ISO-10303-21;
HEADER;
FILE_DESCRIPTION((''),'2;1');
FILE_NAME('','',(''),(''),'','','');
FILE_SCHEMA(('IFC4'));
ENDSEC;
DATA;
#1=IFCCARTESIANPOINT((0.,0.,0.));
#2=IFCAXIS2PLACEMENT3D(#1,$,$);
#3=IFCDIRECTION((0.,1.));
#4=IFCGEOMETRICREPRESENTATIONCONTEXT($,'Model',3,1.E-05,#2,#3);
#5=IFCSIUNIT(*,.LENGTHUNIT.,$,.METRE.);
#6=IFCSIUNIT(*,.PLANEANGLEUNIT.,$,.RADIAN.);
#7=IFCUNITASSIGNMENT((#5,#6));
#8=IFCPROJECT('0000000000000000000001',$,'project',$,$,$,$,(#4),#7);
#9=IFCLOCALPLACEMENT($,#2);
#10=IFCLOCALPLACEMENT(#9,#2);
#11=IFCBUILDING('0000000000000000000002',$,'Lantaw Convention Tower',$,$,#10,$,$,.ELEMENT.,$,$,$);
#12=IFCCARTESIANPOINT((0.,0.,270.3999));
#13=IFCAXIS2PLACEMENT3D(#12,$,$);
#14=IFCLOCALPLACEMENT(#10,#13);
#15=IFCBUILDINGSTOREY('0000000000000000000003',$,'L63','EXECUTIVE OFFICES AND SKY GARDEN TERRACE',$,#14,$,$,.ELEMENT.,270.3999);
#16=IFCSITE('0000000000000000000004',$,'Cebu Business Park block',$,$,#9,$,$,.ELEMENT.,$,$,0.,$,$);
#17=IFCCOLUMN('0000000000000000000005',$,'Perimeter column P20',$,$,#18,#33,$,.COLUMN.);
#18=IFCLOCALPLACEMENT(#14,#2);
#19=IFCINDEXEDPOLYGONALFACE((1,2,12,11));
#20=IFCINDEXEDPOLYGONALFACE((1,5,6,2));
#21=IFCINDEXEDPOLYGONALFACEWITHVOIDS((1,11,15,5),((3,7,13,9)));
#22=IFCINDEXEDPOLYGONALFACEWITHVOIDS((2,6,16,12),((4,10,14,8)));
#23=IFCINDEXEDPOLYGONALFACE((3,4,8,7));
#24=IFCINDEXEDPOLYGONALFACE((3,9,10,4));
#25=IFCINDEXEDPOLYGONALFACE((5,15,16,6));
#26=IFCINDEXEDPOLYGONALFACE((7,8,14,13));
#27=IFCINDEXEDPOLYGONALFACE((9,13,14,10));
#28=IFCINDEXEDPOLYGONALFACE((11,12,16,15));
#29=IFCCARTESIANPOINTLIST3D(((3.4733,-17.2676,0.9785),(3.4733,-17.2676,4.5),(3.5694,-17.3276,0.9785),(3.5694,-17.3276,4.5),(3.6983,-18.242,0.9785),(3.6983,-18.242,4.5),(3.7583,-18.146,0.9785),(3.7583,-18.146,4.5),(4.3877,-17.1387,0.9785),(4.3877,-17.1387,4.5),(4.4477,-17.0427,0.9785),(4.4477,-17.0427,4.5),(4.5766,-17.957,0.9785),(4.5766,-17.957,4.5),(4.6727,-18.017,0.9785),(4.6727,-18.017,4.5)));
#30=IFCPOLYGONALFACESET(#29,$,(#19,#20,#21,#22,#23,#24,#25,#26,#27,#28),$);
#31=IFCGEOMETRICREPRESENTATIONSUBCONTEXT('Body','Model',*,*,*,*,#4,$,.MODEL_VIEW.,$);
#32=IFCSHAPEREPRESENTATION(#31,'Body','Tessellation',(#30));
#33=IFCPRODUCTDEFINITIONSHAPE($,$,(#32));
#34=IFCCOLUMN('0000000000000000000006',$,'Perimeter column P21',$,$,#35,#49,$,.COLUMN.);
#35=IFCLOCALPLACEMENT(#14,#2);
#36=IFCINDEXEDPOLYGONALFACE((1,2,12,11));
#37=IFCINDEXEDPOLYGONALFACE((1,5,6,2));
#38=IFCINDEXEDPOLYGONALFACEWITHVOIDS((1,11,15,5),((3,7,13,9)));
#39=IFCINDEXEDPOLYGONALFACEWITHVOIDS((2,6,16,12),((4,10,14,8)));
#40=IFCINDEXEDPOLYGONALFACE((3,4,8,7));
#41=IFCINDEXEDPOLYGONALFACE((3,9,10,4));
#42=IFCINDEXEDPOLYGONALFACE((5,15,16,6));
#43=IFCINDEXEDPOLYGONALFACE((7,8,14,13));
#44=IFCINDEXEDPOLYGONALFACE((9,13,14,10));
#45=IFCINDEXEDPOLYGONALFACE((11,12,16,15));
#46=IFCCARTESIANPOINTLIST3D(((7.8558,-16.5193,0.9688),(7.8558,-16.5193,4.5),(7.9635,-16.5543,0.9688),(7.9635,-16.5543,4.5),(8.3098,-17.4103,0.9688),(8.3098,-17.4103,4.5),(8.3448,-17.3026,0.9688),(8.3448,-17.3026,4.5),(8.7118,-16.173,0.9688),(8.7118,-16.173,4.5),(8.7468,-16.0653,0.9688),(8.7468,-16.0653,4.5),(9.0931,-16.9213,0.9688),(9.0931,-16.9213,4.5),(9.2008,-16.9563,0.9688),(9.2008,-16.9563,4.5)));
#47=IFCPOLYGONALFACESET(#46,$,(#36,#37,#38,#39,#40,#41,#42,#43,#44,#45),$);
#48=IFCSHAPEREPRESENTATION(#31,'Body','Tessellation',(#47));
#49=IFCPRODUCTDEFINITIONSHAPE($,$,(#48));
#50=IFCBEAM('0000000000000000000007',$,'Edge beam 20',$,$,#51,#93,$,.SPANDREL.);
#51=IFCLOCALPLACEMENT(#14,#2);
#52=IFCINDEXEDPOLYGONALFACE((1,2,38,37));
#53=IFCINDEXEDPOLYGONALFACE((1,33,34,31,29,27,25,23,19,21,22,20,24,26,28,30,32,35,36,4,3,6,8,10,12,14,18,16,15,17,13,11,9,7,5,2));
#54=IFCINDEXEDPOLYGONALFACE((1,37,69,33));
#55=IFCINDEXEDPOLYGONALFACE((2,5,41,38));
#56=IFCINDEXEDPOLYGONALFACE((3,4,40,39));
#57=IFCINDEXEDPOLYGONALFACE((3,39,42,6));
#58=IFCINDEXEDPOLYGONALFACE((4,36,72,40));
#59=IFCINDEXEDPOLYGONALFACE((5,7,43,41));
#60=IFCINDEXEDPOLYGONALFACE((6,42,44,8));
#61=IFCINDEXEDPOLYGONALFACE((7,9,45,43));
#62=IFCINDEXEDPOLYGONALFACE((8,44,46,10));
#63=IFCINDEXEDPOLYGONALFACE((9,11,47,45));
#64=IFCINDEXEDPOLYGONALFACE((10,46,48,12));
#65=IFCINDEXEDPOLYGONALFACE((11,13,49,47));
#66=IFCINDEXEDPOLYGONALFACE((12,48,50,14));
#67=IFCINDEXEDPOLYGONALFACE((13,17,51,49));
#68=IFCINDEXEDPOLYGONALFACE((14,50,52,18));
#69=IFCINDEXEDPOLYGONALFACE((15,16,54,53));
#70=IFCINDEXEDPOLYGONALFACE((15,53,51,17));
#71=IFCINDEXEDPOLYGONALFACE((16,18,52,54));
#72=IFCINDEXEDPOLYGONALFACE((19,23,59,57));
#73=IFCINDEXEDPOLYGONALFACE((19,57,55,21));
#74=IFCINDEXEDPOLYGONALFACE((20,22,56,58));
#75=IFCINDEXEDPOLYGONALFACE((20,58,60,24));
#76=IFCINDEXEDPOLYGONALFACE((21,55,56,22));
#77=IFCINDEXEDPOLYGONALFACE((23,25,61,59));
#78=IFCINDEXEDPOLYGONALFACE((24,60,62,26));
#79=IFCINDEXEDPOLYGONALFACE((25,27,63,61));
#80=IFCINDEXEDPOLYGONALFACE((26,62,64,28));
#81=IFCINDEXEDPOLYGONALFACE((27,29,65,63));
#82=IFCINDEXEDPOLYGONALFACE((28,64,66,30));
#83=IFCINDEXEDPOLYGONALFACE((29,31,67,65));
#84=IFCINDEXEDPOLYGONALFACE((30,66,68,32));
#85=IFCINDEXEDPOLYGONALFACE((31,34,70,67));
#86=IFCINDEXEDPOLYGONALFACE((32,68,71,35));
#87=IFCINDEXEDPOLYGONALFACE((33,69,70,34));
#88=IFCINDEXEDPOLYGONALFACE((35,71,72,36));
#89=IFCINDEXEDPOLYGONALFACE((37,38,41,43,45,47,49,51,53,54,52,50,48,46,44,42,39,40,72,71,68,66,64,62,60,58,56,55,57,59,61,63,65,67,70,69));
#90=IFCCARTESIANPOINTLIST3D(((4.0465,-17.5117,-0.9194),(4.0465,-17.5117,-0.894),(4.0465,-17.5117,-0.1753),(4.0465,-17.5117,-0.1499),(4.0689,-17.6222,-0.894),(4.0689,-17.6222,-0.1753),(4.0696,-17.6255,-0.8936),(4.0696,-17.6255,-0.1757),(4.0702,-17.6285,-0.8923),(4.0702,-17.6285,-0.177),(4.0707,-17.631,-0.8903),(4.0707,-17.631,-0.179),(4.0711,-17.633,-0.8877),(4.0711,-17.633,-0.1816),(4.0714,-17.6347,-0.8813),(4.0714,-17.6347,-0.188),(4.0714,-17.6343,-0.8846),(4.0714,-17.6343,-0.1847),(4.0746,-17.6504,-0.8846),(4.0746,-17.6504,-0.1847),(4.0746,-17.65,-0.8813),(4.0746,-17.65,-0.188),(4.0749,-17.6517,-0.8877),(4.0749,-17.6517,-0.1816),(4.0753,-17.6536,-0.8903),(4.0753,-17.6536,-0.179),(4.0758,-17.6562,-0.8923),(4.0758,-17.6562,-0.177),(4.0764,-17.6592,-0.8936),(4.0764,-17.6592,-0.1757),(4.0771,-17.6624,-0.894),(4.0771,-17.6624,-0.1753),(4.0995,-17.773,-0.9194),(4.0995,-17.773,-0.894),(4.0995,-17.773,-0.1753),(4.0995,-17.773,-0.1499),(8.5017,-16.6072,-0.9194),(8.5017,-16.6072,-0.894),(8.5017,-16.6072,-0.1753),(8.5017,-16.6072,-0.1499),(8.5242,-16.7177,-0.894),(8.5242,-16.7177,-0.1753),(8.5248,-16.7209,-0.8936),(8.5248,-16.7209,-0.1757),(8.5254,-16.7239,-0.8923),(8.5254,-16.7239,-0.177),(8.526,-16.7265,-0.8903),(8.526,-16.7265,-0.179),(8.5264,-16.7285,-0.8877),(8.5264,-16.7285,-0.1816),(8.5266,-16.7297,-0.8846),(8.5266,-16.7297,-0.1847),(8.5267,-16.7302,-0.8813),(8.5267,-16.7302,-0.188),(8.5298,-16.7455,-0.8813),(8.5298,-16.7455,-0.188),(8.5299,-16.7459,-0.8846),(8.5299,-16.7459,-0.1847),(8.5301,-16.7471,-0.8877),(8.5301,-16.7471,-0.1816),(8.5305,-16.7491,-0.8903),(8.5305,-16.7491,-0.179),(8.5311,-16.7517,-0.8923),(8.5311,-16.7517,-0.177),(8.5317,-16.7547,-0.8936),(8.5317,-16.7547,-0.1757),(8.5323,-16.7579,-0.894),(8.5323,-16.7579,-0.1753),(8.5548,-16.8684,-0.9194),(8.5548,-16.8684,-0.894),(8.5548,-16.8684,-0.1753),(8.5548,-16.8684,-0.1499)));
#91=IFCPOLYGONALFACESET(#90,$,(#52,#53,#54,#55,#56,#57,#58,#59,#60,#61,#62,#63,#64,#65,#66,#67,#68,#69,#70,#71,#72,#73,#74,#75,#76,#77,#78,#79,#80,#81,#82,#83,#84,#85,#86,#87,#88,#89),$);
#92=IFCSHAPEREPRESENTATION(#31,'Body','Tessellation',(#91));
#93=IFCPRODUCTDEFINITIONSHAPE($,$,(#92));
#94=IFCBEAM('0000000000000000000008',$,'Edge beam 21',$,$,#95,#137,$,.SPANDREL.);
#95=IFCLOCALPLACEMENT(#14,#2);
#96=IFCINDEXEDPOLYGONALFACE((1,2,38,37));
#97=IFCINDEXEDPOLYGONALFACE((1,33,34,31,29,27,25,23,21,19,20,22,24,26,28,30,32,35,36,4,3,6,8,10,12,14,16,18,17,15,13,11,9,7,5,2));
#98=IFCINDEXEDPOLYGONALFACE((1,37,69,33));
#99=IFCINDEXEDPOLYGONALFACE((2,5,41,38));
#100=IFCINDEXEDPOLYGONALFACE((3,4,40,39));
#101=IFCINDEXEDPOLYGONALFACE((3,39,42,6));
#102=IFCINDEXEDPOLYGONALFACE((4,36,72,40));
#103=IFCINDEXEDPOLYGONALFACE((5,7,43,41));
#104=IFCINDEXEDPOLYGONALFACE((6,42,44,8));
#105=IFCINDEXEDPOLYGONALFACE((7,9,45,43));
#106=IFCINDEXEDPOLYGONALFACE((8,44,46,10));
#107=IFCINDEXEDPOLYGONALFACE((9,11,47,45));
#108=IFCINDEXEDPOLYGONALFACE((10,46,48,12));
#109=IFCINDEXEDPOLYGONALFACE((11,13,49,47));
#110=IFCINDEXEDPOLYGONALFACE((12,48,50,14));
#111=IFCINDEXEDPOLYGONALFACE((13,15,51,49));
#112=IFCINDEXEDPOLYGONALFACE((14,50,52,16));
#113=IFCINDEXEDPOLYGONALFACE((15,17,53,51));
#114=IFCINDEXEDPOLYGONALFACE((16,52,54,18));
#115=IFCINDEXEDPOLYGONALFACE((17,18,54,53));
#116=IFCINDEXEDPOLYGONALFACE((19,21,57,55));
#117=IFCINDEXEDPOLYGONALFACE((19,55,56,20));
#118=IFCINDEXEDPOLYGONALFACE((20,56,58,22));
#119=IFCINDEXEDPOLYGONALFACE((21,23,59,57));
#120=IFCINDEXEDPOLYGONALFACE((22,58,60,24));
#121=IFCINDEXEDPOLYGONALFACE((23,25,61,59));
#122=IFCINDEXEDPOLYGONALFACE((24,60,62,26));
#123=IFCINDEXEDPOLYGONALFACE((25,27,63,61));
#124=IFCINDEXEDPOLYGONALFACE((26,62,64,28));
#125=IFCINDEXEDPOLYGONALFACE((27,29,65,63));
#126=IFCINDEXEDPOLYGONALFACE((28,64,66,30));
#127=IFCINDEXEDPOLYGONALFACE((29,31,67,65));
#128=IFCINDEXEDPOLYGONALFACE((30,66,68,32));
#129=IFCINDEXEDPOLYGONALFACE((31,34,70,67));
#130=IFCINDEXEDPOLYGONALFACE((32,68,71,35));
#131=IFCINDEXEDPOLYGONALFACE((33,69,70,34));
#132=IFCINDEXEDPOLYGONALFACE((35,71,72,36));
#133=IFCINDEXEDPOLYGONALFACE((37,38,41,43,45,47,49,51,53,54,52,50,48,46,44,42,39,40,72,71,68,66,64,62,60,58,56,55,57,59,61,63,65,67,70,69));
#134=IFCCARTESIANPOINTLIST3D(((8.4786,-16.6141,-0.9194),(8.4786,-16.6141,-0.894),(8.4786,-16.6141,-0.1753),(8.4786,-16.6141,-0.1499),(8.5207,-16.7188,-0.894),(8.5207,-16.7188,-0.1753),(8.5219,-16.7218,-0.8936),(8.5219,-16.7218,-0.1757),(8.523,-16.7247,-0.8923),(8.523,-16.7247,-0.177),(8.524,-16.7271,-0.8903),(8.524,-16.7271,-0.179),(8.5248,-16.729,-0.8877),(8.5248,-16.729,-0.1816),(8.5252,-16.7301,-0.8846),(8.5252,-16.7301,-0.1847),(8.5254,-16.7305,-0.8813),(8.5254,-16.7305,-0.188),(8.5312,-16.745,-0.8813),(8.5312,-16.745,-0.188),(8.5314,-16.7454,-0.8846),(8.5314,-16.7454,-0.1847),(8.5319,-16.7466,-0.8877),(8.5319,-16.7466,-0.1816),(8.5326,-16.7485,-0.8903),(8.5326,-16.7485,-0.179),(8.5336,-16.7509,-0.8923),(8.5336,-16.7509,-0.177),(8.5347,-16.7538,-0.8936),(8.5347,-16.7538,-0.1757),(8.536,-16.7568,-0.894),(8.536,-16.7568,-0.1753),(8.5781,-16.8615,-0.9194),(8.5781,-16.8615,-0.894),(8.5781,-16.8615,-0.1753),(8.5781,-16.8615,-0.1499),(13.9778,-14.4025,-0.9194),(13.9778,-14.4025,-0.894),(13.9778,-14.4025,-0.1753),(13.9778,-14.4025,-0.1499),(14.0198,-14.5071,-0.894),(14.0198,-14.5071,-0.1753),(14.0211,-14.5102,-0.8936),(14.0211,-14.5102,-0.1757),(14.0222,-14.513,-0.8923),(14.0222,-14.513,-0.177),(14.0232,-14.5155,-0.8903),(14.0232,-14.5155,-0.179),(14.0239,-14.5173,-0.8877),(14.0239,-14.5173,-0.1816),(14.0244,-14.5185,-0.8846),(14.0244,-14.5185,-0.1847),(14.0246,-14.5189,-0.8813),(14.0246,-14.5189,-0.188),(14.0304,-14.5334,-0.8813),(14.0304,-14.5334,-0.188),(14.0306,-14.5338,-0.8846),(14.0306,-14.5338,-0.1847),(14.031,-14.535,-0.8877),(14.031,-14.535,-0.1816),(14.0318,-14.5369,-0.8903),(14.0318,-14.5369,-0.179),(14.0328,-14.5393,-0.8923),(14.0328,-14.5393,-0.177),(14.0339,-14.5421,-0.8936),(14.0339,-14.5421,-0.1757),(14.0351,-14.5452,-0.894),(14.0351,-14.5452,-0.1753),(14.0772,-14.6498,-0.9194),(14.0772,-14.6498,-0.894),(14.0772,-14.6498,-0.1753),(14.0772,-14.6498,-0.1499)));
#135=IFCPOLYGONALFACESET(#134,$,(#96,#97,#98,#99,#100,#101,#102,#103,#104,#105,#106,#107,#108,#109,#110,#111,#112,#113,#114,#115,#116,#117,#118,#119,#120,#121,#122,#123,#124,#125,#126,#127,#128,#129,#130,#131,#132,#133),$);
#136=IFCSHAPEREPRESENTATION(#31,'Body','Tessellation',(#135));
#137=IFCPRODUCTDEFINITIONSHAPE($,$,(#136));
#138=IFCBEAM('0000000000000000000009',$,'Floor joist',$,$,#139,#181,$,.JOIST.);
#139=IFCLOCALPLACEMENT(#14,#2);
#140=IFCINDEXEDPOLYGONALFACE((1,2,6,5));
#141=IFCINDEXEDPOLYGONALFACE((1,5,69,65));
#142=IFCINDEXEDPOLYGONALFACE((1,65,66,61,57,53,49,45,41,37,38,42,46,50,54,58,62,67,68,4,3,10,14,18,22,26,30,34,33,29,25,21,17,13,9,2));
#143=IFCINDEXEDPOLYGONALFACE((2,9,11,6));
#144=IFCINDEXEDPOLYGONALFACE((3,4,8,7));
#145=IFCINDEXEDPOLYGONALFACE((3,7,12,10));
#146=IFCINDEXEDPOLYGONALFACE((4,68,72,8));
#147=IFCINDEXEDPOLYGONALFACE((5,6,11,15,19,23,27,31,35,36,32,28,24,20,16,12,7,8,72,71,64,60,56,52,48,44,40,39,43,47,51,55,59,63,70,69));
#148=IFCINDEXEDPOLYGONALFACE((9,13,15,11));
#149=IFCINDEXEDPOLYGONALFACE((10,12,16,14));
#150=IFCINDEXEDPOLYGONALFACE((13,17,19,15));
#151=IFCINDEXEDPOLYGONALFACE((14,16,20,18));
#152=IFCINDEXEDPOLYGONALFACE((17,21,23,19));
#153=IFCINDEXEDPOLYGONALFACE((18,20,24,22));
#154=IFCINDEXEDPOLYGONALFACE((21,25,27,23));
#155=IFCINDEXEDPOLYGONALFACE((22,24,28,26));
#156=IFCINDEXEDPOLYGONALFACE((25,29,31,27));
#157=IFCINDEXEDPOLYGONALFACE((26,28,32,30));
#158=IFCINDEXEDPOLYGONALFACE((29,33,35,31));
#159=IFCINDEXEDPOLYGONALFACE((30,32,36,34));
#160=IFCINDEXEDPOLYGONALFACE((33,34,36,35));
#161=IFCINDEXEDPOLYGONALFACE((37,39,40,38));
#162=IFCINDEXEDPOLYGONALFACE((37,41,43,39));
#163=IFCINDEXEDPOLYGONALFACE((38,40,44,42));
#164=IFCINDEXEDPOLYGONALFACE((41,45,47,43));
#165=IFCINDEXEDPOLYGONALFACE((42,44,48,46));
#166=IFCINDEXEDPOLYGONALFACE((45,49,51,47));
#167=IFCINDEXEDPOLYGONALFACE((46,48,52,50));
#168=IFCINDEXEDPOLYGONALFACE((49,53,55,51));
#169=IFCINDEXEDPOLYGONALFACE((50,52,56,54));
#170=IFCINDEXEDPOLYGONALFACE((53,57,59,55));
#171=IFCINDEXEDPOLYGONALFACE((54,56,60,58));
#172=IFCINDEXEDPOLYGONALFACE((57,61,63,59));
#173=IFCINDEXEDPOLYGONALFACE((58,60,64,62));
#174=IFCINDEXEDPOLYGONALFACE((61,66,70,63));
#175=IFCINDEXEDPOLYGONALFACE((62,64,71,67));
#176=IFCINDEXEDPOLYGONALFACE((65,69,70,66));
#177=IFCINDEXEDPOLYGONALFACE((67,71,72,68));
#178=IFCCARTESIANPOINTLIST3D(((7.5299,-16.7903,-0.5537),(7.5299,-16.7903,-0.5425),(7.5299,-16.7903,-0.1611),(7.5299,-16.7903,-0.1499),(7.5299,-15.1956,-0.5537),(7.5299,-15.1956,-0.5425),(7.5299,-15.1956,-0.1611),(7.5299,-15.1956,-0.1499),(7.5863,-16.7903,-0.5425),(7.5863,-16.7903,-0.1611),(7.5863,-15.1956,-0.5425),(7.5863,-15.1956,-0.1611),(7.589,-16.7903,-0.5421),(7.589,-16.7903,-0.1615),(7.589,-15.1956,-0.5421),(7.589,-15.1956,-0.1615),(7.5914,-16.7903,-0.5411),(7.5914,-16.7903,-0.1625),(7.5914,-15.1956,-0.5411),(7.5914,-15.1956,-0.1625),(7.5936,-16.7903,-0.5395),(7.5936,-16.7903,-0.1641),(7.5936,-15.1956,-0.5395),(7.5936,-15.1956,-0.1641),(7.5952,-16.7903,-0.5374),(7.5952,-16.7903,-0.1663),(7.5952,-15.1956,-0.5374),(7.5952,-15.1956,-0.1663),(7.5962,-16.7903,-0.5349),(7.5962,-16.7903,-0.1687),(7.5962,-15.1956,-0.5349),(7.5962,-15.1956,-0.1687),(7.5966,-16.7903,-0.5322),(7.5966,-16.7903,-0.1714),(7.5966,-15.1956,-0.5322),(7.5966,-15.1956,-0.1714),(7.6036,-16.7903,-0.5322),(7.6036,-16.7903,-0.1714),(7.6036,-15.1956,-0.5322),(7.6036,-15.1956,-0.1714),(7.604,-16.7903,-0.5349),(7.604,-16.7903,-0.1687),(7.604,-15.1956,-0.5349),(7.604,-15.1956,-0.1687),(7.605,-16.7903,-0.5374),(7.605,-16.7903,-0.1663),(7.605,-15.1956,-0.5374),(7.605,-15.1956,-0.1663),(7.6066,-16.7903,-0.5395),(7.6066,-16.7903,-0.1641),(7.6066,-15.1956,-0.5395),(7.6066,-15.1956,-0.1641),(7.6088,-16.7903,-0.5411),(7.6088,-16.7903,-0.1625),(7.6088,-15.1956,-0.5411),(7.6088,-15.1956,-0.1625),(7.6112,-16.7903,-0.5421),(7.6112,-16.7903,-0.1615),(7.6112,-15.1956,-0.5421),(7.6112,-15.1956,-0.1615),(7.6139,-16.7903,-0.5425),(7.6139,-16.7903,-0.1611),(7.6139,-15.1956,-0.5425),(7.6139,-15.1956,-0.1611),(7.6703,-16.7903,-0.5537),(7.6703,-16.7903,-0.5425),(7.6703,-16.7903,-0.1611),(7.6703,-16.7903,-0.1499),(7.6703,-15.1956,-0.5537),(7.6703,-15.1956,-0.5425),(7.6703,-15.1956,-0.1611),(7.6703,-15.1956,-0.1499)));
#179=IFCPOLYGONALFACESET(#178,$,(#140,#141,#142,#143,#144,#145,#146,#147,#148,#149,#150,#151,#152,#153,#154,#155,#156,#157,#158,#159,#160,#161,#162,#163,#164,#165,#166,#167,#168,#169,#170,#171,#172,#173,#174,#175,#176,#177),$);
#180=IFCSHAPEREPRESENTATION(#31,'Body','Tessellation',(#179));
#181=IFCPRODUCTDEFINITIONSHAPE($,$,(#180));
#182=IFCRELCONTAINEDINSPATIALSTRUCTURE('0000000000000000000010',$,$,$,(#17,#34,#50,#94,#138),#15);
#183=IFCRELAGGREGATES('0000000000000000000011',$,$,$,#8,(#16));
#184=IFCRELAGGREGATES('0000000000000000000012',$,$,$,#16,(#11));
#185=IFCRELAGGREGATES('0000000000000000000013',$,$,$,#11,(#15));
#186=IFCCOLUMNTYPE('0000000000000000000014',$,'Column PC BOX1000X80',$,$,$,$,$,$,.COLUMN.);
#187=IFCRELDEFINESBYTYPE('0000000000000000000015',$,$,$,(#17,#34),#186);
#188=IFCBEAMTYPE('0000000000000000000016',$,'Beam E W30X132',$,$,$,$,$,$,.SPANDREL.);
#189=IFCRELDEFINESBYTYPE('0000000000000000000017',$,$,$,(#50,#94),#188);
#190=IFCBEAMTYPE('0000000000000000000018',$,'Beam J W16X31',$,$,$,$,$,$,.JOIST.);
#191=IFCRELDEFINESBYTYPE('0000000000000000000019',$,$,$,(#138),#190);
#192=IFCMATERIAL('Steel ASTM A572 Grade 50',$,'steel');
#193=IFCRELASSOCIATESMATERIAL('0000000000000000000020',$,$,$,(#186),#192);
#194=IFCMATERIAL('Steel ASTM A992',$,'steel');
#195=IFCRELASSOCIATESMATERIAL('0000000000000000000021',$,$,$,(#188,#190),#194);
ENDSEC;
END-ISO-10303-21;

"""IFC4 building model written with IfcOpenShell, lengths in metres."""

from ifc_helpers import new_model, si_unit, direction, frame, origin, origin_2d, place, context, subcontext, project, spatial, rectangle, hollow_rectangle, i_section, extrude, material, material_profile, profile_set, type_object, element, save


model = new_model("IFC4")

# Units and contexts
model_context = context("Model", 3, precision=1e-05, world=origin(), true_north=direction((0.0, 1.0)))
body_context = subcontext(model_context, "Body", "Model", "MODEL_VIEW")
ifc_project = project(units=[si_unit("LENGTHUNIT", "METRE"), si_unit("PLANEANGLEUNIT", "RADIAN")], contexts=[model_context])

# Site, building, storey
site_placement = place(None, origin())
site = spatial("IfcSite", under=ifc_project, at=site_placement, Name="Cebu Business Park block", CompositionType="ELEMENT", RefElevation=0.0)
building_placement = place(site_placement, origin())
building = spatial("IfcBuilding", under=site, at=building_placement, Name="Lantaw Convention Tower", CompositionType="ELEMENT")
storey_placement = place(building_placement, frame((0.0, 0.0, 270.3999)))
storey = spatial("IfcBuildingStorey", under=building, at=storey_placement, Name="L63", Description="EXECUTIVE OFFICES AND SKY GARDEN TERRACE", CompositionType="ELEMENT", Elevation=270.3999)

# Columns
ifc_material_1 = material(Name="Steel ASTM A572 Grade 50", Category="steel")
ifc_material_profile_1 = material_profile(ifc_material_1, hollow_rectangle(XDim=1.0, YDim=1.0, WallThickness=0.0801, at=origin_2d()), Name="BOX1000X80")
ifc_material_2 = material(Name="Concrete C60/75", Category="concrete")
ifc_material_profile_2 = material_profile(ifc_material_2, rectangle(XDim=0.8401, YDim=0.8401, at=origin_2d()), Name="Concrete fill of BOX1000X80")
ifc_profile_set_1 = profile_set([ifc_material_profile_1, ifc_material_profile_2], Name="Steel ASTM A572 Grade 50")
column_type = type_object("IfcColumnType", Name="Column PC BOX1000X80", PredefinedType="COLUMN", material=ifc_profile_set_1)
column_1_placement = place(storey_placement, frame((4.073, -17.6423, 0.9785), z_axis=(0.0, 0.0, 1.0), x_axis=(0.97437, 0.224951, 0.0)))
element("IfcColumn", 1, at=column_1_placement, inside=storey, type_object=column_type, Name="Perimeter column P20", PredefinedType="COLUMN", context=body_context, shape_type="SweptSolid", body=[
    extrude(hollow_rectangle(XDim=1.0, YDim=1.0, WallThickness=0.0801, at=origin_2d()), origin(), (0.0, 0.0, 1.0), 3.5215),
])
column_2_placement = place(storey_placement, frame((8.5283, -16.7378, 0.9688), z_axis=(0.0, 0.0, 1.0), x_axis=(0.891007, 0.45399, 0.0)))
element("IfcColumn", 2, at=column_2_placement, inside=storey, type_object=column_type, Name="Perimeter column P21", PredefinedType="COLUMN", context=body_context, shape_type="SweptSolid", body=[
    extrude(hollow_rectangle(XDim=1.0, YDim=1.0, WallThickness=0.0801, at=origin_2d()), origin(), (0.0, 0.0, 1.0), 3.5312),
])

# Beams
ifc_material_3 = material(Name="Steel ASTM A992", Category="steel")
ifc_material_profile_3 = material_profile(ifc_material_3, i_section(OverallWidth=0.2666, OverallDepth=0.7695, WebThickness=0.0156, FlangeThickness=0.0254, FilletRadius=0.0127, at=origin_2d()), Name="W30X132")
ifc_profile_set_2 = profile_set([ifc_material_profile_3], Name="Steel ASTM A992")
beam_type_1 = type_object("IfcBeamType", Name="Beam E W30X132", PredefinedType="SPANDREL", material=ifc_profile_set_2)
beam_1_placement = place(storey_placement, frame((4.073, -17.6423, -0.5347), z_axis=(0.980006, 0.198966, 0.0), x_axis=(-0.198966, 0.980006, 0.0)))
element("IfcBeam", 3, at=beam_1_placement, inside=storey, type_object=beam_type_1, Name="Edge beam 20", PredefinedType="SPANDREL", context=body_context, shape_type="SweptSolid", body=[
    extrude(i_section(OverallWidth=0.2666, OverallDepth=0.7695, WebThickness=0.0156, FlangeThickness=0.0254, FilletRadius=0.0127, at=origin_2d()), origin(), (0.0, 0.0, 1.0), 4.5461),
])
beam_2_placement = place(storey_placement, frame((8.5283, -16.7378, -0.5347), z_axis=(0.927779, 0.37313, 0.0), x_axis=(-0.37313, 0.927779, 0.0)))
element("IfcBeam", 4, at=beam_2_placement, inside=storey, type_object=beam_type_1, Name="Edge beam 21", PredefinedType="SPANDREL", context=body_context, shape_type="SweptSolid", body=[
    extrude(i_section(OverallWidth=0.2666, OverallDepth=0.7695, WebThickness=0.0156, FlangeThickness=0.0254, FilletRadius=0.0127, at=origin_2d()), origin(), (0.0, 0.0, 1.0), 5.9272),
])
ifc_material_profile_4 = material_profile(ifc_material_3, i_section(OverallWidth=0.1404, OverallDepth=0.4038, WebThickness=0.0071, FlangeThickness=0.0112, FilletRadius=0.0103, at=origin_2d()), Name="W16X31")
ifc_profile_set_3 = profile_set([ifc_material_profile_4], Name="Steel ASTM A992")
beam_type_2 = type_object("IfcBeamType", Name="Beam J W16X31", PredefinedType="JOIST", material=ifc_profile_set_3)
beam_3_placement = place(storey_placement, frame((7.6001, -16.7903, -0.3518), z_axis=(0.0, 1.0, 0.0), x_axis=(-1.0, 0.0, 0.0)))
element("IfcBeam", 5, at=beam_3_placement, inside=storey, type_object=beam_type_2, Name="Floor joist", PredefinedType="JOIST", context=body_context, shape_type="SweptSolid", body=[
    extrude(i_section(OverallWidth=0.1404, OverallDepth=0.4038, WebThickness=0.0071, FlangeThickness=0.0112, FilletRadius=0.0103, at=origin_2d()), origin(), (0.0, 0.0, 1.0), 1.5947),
])

save(model, "model.ifc")
